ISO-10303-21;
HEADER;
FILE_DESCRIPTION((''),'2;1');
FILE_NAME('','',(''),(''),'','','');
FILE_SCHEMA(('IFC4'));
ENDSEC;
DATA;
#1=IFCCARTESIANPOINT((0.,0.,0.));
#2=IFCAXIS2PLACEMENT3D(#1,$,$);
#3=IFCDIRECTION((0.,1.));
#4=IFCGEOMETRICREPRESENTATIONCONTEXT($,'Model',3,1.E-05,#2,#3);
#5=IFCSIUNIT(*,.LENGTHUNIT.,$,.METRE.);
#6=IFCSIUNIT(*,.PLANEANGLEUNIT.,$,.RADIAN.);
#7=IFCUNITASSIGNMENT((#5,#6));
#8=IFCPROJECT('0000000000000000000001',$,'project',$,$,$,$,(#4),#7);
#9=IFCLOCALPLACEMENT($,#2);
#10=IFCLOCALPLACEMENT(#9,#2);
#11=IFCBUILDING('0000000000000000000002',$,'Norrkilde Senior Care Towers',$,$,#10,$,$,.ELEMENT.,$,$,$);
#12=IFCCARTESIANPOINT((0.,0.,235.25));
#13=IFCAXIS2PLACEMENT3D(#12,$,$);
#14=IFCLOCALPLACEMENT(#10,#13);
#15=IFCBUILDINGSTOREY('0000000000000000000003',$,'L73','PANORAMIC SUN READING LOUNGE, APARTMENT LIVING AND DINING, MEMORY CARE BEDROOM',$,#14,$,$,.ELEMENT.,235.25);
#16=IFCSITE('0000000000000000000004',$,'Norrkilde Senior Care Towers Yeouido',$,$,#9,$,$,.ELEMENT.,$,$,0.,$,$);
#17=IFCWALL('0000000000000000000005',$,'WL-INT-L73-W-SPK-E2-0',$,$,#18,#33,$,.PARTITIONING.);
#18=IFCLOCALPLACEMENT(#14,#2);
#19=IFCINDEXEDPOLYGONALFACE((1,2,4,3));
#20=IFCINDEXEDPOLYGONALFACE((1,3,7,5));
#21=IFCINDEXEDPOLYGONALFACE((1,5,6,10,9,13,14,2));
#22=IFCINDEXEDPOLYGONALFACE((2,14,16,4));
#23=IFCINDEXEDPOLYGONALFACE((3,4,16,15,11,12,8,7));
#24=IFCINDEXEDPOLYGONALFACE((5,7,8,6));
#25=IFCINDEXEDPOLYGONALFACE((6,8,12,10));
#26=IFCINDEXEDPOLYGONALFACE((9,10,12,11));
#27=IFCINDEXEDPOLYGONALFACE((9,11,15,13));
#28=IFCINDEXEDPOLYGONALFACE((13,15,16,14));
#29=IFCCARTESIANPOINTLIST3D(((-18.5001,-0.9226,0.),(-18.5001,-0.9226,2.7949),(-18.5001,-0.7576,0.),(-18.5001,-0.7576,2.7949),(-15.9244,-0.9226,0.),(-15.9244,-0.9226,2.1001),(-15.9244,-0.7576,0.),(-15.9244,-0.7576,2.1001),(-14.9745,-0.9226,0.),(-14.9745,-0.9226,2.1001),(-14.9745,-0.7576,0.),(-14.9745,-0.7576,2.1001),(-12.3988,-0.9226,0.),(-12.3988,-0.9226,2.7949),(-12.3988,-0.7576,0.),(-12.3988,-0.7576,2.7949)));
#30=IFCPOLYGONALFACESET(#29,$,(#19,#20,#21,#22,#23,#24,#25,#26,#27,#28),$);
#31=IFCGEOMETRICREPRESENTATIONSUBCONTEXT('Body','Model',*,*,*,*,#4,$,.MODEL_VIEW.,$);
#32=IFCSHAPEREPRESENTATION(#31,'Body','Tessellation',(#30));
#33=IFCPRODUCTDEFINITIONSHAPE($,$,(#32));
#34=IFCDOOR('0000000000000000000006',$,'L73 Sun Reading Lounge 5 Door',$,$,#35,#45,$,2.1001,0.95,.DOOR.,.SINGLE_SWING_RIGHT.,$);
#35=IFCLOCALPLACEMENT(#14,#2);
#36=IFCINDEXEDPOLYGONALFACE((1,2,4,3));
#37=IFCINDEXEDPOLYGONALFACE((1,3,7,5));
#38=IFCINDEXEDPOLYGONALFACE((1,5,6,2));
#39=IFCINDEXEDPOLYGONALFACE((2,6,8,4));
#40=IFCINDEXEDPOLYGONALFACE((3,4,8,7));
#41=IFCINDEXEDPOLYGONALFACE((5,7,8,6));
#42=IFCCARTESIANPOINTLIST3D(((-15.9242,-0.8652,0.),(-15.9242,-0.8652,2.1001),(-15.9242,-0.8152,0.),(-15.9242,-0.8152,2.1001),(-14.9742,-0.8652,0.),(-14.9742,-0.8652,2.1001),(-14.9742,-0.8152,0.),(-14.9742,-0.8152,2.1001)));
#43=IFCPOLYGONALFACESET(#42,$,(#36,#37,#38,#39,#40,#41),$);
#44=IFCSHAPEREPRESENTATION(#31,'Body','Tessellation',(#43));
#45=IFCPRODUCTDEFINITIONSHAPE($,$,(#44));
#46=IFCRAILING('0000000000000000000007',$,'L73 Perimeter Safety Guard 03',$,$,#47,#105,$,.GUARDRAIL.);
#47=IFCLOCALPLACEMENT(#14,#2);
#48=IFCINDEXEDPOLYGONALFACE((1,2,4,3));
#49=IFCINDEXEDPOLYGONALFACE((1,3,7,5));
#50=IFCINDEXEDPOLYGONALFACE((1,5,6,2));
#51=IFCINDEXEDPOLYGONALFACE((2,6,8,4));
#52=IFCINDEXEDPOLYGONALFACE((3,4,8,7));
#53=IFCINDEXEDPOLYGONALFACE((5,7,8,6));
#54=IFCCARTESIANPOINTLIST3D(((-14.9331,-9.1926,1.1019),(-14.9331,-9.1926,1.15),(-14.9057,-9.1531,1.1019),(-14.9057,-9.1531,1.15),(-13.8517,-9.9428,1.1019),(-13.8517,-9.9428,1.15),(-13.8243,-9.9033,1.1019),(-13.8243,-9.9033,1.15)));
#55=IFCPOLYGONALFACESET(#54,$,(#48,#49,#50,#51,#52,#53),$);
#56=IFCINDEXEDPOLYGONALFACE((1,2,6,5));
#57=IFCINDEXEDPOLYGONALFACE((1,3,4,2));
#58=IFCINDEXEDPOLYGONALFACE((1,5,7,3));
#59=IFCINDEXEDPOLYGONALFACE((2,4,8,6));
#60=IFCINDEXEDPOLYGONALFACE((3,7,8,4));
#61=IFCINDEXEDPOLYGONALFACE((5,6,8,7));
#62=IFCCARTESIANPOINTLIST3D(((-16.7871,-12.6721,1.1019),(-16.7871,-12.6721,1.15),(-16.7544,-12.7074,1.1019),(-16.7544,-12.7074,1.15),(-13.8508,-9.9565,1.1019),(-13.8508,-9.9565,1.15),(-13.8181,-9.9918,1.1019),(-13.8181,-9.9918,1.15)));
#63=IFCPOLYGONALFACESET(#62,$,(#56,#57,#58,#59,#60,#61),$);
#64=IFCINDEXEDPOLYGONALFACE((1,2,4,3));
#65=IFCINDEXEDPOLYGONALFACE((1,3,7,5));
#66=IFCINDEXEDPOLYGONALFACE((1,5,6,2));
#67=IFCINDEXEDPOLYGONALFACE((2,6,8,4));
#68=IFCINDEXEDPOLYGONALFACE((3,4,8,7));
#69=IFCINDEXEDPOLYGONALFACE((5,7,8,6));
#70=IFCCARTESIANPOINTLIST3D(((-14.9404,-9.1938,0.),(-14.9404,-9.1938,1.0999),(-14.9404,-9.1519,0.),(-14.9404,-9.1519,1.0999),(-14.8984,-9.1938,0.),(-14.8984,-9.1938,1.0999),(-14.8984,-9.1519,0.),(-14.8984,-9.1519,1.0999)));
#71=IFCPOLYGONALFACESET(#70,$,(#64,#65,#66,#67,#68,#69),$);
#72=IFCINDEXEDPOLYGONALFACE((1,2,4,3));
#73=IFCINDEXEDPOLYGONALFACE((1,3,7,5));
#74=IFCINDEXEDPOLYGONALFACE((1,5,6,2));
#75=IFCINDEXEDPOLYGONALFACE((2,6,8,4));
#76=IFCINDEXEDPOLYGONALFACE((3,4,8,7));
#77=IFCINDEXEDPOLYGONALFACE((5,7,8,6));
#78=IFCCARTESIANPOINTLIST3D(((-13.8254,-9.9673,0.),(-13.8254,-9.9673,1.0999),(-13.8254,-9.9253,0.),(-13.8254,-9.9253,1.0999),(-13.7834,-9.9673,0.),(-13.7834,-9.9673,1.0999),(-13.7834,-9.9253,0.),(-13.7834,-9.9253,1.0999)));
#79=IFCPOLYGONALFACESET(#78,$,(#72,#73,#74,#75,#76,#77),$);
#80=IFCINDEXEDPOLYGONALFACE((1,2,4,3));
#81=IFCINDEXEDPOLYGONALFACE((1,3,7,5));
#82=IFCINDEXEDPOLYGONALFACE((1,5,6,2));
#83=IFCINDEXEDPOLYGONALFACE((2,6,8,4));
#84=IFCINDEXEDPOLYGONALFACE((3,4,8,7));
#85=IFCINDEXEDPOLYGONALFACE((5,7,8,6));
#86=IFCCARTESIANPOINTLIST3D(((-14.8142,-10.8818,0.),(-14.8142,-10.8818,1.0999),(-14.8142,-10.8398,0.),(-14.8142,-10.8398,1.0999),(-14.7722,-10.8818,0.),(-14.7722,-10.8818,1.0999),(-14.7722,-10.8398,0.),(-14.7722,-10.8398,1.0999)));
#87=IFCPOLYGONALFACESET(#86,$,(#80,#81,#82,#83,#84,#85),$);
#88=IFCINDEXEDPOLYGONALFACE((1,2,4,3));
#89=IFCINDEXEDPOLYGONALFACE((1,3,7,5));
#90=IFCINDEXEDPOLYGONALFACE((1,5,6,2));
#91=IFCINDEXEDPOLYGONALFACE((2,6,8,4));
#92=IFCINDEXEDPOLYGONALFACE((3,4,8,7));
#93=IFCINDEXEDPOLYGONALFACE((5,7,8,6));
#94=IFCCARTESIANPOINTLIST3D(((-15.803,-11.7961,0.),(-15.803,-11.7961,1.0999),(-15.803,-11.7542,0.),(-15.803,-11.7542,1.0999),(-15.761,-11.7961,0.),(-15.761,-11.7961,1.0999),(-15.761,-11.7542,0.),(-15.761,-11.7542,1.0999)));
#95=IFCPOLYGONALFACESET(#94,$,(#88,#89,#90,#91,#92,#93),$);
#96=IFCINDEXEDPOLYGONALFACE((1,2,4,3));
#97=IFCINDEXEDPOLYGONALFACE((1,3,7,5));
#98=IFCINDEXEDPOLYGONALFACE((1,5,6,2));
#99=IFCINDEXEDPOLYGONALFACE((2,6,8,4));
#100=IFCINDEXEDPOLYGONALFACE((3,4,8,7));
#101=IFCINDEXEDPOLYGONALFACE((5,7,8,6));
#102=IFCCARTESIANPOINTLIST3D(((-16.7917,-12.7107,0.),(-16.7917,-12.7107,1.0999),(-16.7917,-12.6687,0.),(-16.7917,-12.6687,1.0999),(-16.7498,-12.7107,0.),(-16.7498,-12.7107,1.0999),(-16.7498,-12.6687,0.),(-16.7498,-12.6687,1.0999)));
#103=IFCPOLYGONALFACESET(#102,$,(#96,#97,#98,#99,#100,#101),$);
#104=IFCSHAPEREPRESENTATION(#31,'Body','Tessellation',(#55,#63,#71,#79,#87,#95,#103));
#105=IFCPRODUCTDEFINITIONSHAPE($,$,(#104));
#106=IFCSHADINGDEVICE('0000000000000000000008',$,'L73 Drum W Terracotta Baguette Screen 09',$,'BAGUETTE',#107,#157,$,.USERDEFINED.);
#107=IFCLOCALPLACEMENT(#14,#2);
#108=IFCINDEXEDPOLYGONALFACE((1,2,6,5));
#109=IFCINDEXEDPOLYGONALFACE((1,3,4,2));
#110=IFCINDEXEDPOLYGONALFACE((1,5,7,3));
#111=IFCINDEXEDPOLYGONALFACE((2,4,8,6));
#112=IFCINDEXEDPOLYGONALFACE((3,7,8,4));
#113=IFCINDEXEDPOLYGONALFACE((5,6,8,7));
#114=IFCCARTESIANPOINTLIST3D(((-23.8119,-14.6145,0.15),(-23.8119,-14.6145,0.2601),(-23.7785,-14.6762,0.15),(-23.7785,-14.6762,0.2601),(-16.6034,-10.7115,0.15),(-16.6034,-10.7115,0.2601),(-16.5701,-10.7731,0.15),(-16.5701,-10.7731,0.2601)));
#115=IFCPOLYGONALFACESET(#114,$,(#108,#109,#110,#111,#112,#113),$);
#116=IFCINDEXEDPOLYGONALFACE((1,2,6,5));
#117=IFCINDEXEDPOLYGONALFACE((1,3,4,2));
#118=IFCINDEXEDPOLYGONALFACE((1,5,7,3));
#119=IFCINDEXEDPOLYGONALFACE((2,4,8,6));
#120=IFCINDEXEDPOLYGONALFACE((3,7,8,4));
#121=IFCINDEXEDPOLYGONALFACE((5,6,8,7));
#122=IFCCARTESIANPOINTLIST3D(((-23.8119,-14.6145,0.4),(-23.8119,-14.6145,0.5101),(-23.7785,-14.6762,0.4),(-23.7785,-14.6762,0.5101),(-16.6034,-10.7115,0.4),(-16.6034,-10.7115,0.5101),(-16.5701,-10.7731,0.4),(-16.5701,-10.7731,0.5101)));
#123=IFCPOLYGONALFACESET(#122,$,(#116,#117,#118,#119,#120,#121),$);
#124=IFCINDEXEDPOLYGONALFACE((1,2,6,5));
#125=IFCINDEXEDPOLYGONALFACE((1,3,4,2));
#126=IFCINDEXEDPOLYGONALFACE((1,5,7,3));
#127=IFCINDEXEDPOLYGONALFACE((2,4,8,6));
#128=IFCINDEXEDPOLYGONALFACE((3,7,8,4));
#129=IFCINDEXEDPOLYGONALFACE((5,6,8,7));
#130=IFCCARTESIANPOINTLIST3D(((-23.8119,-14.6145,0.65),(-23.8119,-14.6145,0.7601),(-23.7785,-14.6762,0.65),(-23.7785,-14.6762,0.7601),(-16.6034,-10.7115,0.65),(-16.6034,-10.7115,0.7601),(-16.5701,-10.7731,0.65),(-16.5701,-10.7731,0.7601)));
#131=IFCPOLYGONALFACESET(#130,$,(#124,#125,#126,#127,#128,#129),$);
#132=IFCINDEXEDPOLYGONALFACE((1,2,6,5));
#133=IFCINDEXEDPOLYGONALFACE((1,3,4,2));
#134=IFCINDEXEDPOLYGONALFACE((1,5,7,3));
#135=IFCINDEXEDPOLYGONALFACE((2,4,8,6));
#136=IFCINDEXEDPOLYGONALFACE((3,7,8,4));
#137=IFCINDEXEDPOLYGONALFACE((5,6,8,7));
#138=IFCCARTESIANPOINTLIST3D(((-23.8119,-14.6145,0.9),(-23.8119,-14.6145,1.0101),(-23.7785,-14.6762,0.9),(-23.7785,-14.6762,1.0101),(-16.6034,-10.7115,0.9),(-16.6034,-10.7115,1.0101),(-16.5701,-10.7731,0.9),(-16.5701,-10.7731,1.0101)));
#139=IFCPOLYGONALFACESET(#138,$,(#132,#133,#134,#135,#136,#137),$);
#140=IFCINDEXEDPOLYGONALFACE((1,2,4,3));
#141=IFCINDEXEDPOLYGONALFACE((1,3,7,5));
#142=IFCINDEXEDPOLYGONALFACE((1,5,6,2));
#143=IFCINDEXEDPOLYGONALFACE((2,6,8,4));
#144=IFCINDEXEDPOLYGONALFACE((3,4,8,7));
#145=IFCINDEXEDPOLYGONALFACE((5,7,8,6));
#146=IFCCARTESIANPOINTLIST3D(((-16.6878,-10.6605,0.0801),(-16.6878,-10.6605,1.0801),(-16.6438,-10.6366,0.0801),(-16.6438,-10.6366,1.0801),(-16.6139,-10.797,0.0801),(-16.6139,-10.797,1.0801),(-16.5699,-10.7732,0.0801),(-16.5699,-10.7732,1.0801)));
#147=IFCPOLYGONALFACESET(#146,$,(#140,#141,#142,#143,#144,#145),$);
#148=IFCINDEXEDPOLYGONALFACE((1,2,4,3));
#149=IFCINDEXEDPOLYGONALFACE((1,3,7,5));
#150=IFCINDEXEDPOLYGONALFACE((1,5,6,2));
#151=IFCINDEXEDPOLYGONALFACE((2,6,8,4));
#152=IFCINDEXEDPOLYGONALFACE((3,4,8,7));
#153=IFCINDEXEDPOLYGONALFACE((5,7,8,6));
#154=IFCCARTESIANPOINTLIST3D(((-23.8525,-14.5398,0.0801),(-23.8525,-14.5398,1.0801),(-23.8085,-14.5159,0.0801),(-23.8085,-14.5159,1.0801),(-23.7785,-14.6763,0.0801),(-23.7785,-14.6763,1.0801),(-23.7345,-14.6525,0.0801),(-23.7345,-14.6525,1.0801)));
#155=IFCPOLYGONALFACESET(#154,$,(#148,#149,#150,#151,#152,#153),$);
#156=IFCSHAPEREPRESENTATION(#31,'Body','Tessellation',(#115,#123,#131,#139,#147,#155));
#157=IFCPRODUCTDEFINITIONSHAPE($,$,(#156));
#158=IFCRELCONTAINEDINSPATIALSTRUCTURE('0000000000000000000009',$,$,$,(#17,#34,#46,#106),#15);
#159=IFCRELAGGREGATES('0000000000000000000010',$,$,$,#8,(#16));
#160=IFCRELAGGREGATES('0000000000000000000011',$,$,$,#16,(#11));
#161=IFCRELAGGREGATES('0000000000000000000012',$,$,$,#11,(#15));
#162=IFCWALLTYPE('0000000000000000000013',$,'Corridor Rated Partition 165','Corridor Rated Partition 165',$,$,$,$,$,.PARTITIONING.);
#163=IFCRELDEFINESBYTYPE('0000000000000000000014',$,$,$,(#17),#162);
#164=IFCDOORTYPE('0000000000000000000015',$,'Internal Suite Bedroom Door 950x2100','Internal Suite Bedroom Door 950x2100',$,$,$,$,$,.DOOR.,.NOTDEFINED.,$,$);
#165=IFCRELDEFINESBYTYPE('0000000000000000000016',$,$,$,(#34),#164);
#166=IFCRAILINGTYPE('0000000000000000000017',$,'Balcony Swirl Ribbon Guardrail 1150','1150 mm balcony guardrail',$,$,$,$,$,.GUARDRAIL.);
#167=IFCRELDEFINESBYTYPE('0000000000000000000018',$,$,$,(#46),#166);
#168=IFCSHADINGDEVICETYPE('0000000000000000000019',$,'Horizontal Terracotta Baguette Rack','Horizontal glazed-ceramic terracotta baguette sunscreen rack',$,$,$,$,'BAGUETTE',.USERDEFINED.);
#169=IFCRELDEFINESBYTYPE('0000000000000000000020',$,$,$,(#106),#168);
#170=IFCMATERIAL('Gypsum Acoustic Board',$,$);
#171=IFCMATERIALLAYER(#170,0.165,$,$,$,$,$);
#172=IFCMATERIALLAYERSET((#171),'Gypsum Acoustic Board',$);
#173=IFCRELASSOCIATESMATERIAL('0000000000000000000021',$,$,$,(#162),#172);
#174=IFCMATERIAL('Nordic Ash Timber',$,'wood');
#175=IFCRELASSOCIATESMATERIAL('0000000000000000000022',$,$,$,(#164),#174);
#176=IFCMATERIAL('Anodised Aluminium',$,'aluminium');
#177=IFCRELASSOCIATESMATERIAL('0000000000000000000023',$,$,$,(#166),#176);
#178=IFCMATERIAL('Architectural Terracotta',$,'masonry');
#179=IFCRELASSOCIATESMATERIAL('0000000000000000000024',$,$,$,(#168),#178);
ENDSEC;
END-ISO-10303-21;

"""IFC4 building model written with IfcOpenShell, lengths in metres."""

from ifc_helpers import new_model, si_unit, direction, frame, frame_2d, origin, origin_2d, place, context, subcontext, project, spatial, rectangle, extrude, source, transform, mapped, material, layer, layer_set, type_object, type_shapes, element, fill, save


model = new_model("IFC4")

# Units and contexts
model_context = context("Model", 3, precision=1e-05, world=origin(), true_north=direction((0.0, 1.0)))
body_context = subcontext(model_context, "Body", "Model", "MODEL_VIEW")
ifc_project = project(units=[si_unit("LENGTHUNIT", "METRE"), si_unit("PLANEANGLEUNIT", "RADIAN")], contexts=[model_context])

# Site, building, storey
site_placement = place(None, origin())
site = spatial("IfcSite", under=ifc_project, at=site_placement, Name="Norrkilde Senior Care Towers Yeouido", CompositionType="ELEMENT", RefElevation=0.0)
building_placement = place(site_placement, origin())
building = spatial("IfcBuilding", under=site, at=building_placement, Name="Norrkilde Senior Care Towers", CompositionType="ELEMENT")
storey_placement = place(building_placement, frame((0.0, 0.0, 235.25)))
storey = spatial("IfcBuildingStorey", under=building, at=storey_placement, Name="L73", Description="PANORAMIC SUN READING LOUNGE, APARTMENT LIVING AND DINING, MEMORY CARE BEDROOM", CompositionType="ELEMENT", Elevation=235.25)

# Shared definitions
ifc_material_1 = material(Name="Anodised Aluminium", Category="aluminium")

# Wall, opening, door
ifc_material_2 = material(Name="Gypsum Acoustic Board")
ifc_layer_1 = layer(ifc_material_2, 0.165)
ifc_layer_set_1 = layer_set([ifc_layer_1], Name="Gypsum Acoustic Board")
wall_type = type_object("IfcWallType", Name="Corridor Rated Partition 165", Description="Corridor Rated Partition 165", PredefinedType="PARTITIONING", material=ifc_layer_set_1)
shared_shape_1 = source(origin(), body_context, "Body", "SweptSolid", [
    extrude(rectangle(XDim=6.1013, YDim=0.165, at=frame_2d((3.0508, 0.0))), origin(), (0.0, 0.0, 1.0), 2.7949),
])
type_shapes(wall_type, [shared_shape_1])
wall_placement = place(storey_placement, frame((-12.3987, -0.8401, 0.0), z_axis=(0.0, 0.0, 1.0), x_axis=(-1.0, 0.0, 0.0)))
wall = element("IfcWall", 1, at=wall_placement, inside=storey, type_object=wall_type, Name="WL-INT-L73-W-SPK-E2-0", PredefinedType="PARTITIONING", context=body_context, shape_type="MappedRepresentation", body=[
    mapped(shared_shape_1, transform((0.0, 0.0, 0.0), x_axis=(1.0, 0.0, 0.0), y_axis=(0.0, 1.0, 0.0), z_axis=(0.0, 0.0, 1.0), scale=1.0)),
])
opening_placement = place(wall_placement, frame((2.5757, 0.0, 0.0)))
opening = element("IfcOpeningElement", 2, at=opening_placement, cuts=wall, PredefinedType="OPENING", context=body_context, shape_type="SweptSolid", body=[
    extrude(rectangle(XDim=0.95, YDim=2.1001, at=frame_2d((0.4751, 1.05))), frame((0.0, 0.0925, 0.0), z_axis=(0.0, -1.0, 0.0), x_axis=(1.0, 0.0, 0.0)), (0.0, 0.0, 1.0), 0.1851),
])
ifc_material_3 = material(Name="Nordic Ash Timber", Category="wood")
door_type = type_object("IfcDoorType", Name="Internal Suite Bedroom Door 950x2100", Description="Internal Suite Bedroom Door 950x2100", OperationType="NOTDEFINED", PredefinedType="DOOR", material=ifc_material_3)
shared_shape_2 = source(origin(), body_context, "Body", "SweptSolid", [
    extrude(rectangle(XDim=0.95, YDim=2.1001, at=frame_2d((0.4751, 1.05))), frame((0.0, 0.0249, 0.0), z_axis=(0.0, -1.0, 0.0), x_axis=(1.0, 0.0, 0.0)), (0.0, 0.0, 1.0), 0.05),
])
type_shapes(door_type, [shared_shape_2])
door_placement = place(opening_placement, frame((0.95, 0.0, 0.0), z_axis=(0.0, 0.0, 1.0), x_axis=(-1.0, 0.0, 0.0)))
door = element("IfcDoor", 3, at=door_placement, inside=storey, type_object=door_type, Name="L73 Sun Reading Lounge 5 Door", OperationType="SINGLE_SWING_RIGHT", OverallHeight=2.1001, OverallWidth=0.95, PredefinedType="DOOR", context=body_context, shape_type="MappedRepresentation", body=[
    mapped(shared_shape_2, transform((0.0, 0.0, 0.0), x_axis=(1.0, 0.0, 0.0), y_axis=(0.0, 1.0, 0.0), z_axis=(0.0, 0.0, 1.0), scale=1.0)),
])
fill(opening, door)

# Railing
railing_type = type_object("IfcRailingType", Name="Balcony Swirl Ribbon Guardrail 1150", Description="1150 mm balcony guardrail", PredefinedType="GUARDRAIL", material=ifc_material_1)
railing_1_placement = place(storey_placement, frame((-14.9194, -9.1729, 0.0)))
element("IfcRailing", 4, at=railing_1_placement, inside=storey, type_object=railing_type, Name="L73 Perimeter Safety Guard 03", PredefinedType="GUARDRAIL", context=body_context, shape_type="SweptSolid", body=[
    extrude(rectangle(XDim=0.0481, YDim=0.0481, at=origin_2d()), frame((0.0, 0.0, 1.126), z_axis=(0.821667, -0.569968, 0.0), x_axis=(0.569968, 0.821667, 0.0)), (0.0, 0.0, 1.0), 1.3162),
    extrude(rectangle(XDim=0.0481, YDim=0.0481, at=origin_2d()), frame((1.085, -0.8013, 1.126), z_axis=(-0.734152, -0.678985, 0.0), x_axis=(0.678985, -0.734152, 0.0)), (0.0, 0.0, 1.0), 3.9995),
    extrude(rectangle(XDim=0.042, YDim=0.042, at=origin_2d()), origin(), (0.0, 0.0, 1.0), 1.0999),
    extrude(rectangle(XDim=0.042, YDim=0.042, at=origin_2d()), frame((1.115, -0.7734, 0.0)), (0.0, 0.0, 1.0), 1.0999),
    extrude(rectangle(XDim=0.042, YDim=0.042, at=origin_2d()), frame((0.1262, -1.688, 0.0)), (0.0, 0.0, 1.0), 1.0999),
    extrude(rectangle(XDim=0.042, YDim=0.042, at=origin_2d()), frame((-0.8625, -2.6023, 0.0)), (0.0, 0.0, 1.0), 1.0999),
    extrude(rectangle(XDim=0.042, YDim=0.042, at=origin_2d()), frame((-1.8513, -3.5168, 0.0)), (0.0, 0.0, 1.0), 1.0999),
])

# Shading device
ifc_material_4 = material(Name="Architectural Terracotta", Category="masonry")
shading_device_type = type_object("IfcShadingDeviceType", Name="Horizontal Terracotta Baguette Rack", Description="Horizontal glazed-ceramic terracotta baguette sunscreen rack", ElementType="BAGUETTE", PredefinedType="USERDEFINED", material=ifc_material_4)
shared_shape_3 = source(origin(), body_context, "Body", "SweptSolid", [
    extrude(rectangle(XDim=0.0701, YDim=0.1101, at=origin_2d()), frame((0.0, 0.0901, 0.125), z_axis=(1.0, 0.0, 0.0), x_axis=(0.0, 1.0, 0.0)), (0.0, 0.0, 1.0), 8.1973),
    extrude(rectangle(XDim=0.0701, YDim=0.1101, at=origin_2d()), frame((0.0, 0.0901, 0.375), z_axis=(1.0, 0.0, 0.0), x_axis=(0.0, 1.0, 0.0)), (0.0, 0.0, 1.0), 8.1973),
    extrude(rectangle(XDim=0.0701, YDim=0.1101, at=origin_2d()), frame((0.0, 0.0901, 0.625), z_axis=(1.0, 0.0, 0.0), x_axis=(0.0, 1.0, 0.0)), (0.0, 0.0, 1.0), 8.1973),
    extrude(rectangle(XDim=0.0701, YDim=0.1101, at=origin_2d()), frame((0.0, 0.0901, 0.875), z_axis=(1.0, 0.0, 0.0), x_axis=(0.0, 1.0, 0.0)), (0.0, 0.0, 1.0), 8.1973),
    extrude(rectangle(XDim=0.05, YDim=0.1553, at=origin_2d()), frame((0.0249, 0.0476, 0.0)), (0.0, 0.0, 1.0), 1.0),
    extrude(rectangle(XDim=0.05, YDim=0.1553, at=origin_2d()), frame((8.1724, 0.0476, 0.0)), (0.0, 0.0, 1.0), 1.0),
])
type_shapes(shading_device_type, [shared_shape_3])
shading_device_placement = place(storey_placement, frame((-16.6296, -10.6631, 0.0801), z_axis=(0.0, 0.0, 1.0), x_axis=(-0.879378, -0.476144, 0.0)))
element("IfcShadingDevice", 5, at=shading_device_placement, inside=storey, type_object=shading_device_type, Name="L73 Drum W Terracotta Baguette Screen 09", ObjectType="BAGUETTE", PredefinedType="USERDEFINED", context=body_context, shape_type="MappedRepresentation", body=[
    mapped(shared_shape_3, transform((0.0, 0.0, 0.0), x_axis=(1.0, 0.0, 0.0), y_axis=(0.0, 1.0, 0.0), z_axis=(0.0, 0.0, 1.0), scale=1.0)),
])

save(model, "model.ifc")
